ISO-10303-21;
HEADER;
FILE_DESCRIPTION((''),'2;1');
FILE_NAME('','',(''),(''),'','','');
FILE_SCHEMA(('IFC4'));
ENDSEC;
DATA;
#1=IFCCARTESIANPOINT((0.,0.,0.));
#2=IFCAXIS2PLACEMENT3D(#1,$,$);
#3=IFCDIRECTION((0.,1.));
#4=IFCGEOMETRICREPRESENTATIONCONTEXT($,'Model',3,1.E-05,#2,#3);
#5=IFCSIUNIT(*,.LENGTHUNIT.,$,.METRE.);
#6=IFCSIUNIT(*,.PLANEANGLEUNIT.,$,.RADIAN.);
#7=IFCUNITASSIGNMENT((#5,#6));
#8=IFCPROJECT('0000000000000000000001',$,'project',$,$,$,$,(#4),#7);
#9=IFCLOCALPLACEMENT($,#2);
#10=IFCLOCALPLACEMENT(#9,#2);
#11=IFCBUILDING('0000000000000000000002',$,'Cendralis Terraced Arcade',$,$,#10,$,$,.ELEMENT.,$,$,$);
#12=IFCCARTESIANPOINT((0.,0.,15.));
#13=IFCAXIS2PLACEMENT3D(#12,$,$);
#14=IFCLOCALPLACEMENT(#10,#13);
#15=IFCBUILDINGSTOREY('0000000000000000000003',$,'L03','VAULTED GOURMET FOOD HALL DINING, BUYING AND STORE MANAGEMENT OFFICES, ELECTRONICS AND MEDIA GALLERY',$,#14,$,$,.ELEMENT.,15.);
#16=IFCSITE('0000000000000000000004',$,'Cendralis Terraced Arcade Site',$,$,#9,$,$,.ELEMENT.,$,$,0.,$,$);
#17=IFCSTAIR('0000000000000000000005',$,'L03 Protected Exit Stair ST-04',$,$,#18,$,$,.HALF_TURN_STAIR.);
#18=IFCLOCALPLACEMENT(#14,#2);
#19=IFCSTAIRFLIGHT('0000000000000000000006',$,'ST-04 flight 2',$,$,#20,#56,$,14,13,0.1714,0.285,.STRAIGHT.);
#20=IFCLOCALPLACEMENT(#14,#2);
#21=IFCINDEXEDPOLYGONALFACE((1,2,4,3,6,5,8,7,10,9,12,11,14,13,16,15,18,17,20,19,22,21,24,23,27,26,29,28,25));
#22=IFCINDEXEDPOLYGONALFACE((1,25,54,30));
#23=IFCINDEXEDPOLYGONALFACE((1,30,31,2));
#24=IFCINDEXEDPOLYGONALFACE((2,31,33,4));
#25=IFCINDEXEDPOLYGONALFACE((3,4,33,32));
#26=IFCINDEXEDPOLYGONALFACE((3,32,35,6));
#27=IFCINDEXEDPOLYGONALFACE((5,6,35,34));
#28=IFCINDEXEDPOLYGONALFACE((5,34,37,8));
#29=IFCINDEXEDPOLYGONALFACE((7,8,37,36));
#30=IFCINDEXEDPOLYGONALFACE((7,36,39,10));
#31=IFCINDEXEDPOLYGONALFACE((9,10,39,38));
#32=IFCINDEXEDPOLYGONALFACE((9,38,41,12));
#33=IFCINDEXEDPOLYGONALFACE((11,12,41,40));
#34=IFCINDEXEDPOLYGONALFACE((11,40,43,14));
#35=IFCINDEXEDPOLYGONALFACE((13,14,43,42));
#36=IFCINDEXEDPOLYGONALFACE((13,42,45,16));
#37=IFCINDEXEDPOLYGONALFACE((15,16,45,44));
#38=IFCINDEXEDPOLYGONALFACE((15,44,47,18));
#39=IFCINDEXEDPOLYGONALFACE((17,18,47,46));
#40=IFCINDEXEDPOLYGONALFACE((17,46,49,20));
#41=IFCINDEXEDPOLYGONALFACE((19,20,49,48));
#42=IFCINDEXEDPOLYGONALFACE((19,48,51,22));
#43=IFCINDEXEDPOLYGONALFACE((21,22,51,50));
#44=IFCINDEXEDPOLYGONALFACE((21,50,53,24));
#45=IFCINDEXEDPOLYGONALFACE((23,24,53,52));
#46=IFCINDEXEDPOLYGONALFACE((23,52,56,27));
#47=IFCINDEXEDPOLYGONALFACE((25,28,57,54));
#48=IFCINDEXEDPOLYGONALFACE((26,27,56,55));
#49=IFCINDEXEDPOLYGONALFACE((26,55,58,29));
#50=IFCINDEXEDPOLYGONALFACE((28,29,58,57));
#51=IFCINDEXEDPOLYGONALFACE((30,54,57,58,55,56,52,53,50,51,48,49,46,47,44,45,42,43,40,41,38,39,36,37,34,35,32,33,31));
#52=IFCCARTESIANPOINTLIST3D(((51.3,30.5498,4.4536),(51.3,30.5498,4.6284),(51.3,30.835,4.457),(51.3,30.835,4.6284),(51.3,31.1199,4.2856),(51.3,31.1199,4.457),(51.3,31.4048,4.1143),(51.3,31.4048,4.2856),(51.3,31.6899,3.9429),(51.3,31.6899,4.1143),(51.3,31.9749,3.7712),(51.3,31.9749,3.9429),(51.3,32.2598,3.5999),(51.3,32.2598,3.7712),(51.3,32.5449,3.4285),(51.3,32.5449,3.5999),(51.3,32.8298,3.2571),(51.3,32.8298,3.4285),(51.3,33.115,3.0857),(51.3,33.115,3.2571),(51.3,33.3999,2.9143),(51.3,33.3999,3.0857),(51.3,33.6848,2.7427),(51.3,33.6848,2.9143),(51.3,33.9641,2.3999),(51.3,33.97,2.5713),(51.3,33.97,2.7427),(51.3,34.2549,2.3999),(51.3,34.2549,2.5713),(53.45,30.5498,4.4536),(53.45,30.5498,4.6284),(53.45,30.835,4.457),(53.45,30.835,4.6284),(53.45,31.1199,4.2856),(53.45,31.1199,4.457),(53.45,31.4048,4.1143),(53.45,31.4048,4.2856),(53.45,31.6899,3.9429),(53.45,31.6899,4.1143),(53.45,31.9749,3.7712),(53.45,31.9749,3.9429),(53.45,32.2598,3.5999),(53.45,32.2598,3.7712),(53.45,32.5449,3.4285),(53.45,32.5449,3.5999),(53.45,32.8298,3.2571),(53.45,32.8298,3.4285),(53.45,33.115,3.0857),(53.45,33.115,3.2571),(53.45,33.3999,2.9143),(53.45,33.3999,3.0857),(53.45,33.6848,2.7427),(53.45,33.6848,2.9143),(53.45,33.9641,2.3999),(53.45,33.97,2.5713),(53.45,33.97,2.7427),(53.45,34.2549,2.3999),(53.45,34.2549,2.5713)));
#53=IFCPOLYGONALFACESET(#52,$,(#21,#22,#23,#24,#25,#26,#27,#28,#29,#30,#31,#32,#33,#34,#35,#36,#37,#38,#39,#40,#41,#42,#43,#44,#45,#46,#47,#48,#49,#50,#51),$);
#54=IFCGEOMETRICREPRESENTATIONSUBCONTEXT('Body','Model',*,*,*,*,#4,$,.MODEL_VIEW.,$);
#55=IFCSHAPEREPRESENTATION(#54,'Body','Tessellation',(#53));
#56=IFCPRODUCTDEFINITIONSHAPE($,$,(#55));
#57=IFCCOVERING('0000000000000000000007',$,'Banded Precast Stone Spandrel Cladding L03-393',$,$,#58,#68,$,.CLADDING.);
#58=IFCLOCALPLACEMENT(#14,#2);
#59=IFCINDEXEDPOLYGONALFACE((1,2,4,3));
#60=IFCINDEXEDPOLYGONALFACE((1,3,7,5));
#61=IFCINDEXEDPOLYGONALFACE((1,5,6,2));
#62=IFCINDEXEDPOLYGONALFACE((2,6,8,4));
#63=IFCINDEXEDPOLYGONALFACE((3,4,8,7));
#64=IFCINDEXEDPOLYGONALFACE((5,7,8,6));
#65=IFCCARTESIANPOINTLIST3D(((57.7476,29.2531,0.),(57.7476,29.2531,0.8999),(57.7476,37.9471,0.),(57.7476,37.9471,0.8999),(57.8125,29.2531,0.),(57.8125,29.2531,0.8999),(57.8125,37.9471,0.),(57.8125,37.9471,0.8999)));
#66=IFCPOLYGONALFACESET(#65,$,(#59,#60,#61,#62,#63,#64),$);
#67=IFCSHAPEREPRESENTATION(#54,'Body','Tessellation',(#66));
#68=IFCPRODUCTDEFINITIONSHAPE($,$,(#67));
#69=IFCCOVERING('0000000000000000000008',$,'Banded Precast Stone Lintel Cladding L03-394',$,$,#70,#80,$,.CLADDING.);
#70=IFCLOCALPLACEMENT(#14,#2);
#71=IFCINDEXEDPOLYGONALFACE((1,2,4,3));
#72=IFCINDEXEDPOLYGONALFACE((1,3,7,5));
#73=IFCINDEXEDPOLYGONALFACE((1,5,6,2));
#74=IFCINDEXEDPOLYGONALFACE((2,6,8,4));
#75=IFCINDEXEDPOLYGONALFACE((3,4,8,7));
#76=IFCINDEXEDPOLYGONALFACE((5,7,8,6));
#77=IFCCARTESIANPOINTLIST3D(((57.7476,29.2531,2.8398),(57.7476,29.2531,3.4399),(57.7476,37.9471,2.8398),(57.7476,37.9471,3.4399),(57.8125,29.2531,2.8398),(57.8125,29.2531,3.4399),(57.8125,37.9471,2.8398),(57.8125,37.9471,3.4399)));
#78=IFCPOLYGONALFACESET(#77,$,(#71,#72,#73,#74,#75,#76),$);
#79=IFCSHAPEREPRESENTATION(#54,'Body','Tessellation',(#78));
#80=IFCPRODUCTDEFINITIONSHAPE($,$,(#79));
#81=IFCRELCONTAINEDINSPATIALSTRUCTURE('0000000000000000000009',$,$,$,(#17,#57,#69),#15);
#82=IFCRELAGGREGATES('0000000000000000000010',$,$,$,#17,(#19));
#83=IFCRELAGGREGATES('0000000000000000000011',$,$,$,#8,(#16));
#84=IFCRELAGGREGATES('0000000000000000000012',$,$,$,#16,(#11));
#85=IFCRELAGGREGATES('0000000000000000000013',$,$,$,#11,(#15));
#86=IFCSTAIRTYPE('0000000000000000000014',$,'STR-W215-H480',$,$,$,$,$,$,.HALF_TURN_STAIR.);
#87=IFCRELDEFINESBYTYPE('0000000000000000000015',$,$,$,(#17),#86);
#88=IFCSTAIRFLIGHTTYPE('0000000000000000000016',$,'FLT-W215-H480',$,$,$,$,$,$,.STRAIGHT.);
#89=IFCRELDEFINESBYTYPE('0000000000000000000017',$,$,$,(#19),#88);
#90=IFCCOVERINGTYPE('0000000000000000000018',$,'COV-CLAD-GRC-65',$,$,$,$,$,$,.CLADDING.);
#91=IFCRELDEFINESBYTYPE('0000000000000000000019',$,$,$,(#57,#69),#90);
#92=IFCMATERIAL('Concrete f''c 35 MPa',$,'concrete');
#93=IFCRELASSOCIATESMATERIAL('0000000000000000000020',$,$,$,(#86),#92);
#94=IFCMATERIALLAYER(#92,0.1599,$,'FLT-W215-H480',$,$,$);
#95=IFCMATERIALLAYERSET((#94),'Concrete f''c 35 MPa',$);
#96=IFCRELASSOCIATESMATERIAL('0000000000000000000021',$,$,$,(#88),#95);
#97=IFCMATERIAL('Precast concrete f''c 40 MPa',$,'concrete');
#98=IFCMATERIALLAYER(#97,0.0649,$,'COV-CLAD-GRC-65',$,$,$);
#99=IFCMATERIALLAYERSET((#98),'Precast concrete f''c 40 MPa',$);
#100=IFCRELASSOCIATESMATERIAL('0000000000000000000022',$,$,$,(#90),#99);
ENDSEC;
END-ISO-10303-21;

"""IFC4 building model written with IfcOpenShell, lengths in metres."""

from ifc_helpers import new_model, si_unit, direction, frame, origin, origin_2d, place, context, subcontext, project, spatial, polyline, rectangle, outline, extrude, material, layer, layer_set, type_object, element, aggregate, save


model = new_model("IFC4")

# Units and contexts
model_context = context("Model", 3, precision=1e-05, world=origin(), true_north=direction((0.0, 1.0)))
body_context = subcontext(model_context, "Body", "Model", "MODEL_VIEW")
ifc_project = project(units=[si_unit("LENGTHUNIT", "METRE"), si_unit("PLANEANGLEUNIT", "RADIAN")], contexts=[model_context])

# Site, building, storey
site_placement = place(None, origin())
site = spatial("IfcSite", under=ifc_project, at=site_placement, Name="Cendralis Terraced Arcade Site", CompositionType="ELEMENT", RefElevation=0.0)
building_placement = place(site_placement, origin())
building = spatial("IfcBuilding", under=site, at=building_placement, Name="Cendralis Terraced Arcade", CompositionType="ELEMENT")
storey_placement = place(building_placement, frame((0.0, 0.0, 15.0)))
storey = spatial("IfcBuildingStorey", under=building, at=storey_placement, Name="L03", Description="VAULTED GOURMET FOOD HALL DINING, BUYING AND STORE MANAGEMENT OFFICES, ELECTRONICS AND MEDIA GALLERY", CompositionType="ELEMENT", Elevation=15.0)

# Shared definitions
ifc_material_1 = material(Name="Concrete f'c 35 MPa", Category="concrete")

# Shared definitions
ifc_material_2 = material(Name="Precast concrete f'c 40 MPa", Category="concrete")

# Stair, stair flight
stair_type = type_object("IfcStairType", Name="STR-W215-H480", PredefinedType="HALF_TURN_STAIR", material=ifc_material_1)
stair_placement = place(storey_placement, origin())
stair = element("IfcStair", 1, at=stair_placement, inside=storey, type_object=stair_type, Name="L03 Protected Exit Stair ST-04", PredefinedType="HALF_TURN_STAIR")
ifc_layer_1 = layer(ifc_material_1, 0.1599, Name="FLT-W215-H480")
ifc_layer_set_1 = layer_set([ifc_layer_1], Name="Concrete f'c 35 MPa")
stair_flight_type = type_object("IfcStairFlightType", Name="FLT-W215-H480", PredefinedType="STRAIGHT", material=ifc_layer_set_1)
stair_flight_1_placement = place(storey_placement, frame((52.375, 34.2549, 2.3999), z_axis=(0.0, 0.0, 1.0), x_axis=(0.0, -1.0, 0.0)))
stair_flight_1 = element("IfcStairFlight", 2, at=stair_flight_1_placement, type_object=stair_flight_type, Name="ST-04 flight 2", NumberOfRisers=14, NumberOfTreads=13, PredefinedType="STRAIGHT", RiserHeight=0.1714, TreadLength=0.285, context=body_context, shape_type="SweptSolid", body=[
    extrude(outline(polyline([(0.0, 0.0), (0.0, 0.1714), (0.2849, 0.1714), (0.2849, 0.3428), (0.5701, 0.3428), (0.5701, 0.5144), (0.855, 0.5144), (0.855, 0.6858), (1.1399, 0.6858), (1.1399, 0.8572), (1.425, 0.8572), (1.425, 1.0286), (1.71, 1.0286), (1.71, 1.2), (1.9951, 1.2), (1.9951, 1.3713), (2.28, 1.3713), (2.28, 1.543), (2.5649, 1.543), (2.5649, 1.7144), (2.8501, 1.7144), (2.8501, 1.8857), (3.135, 1.8857), (3.135, 2.0571), (3.4199, 2.0571), (3.4199, 2.2285), (3.7051, 2.2285), (3.7051, 2.3999), (3.7051, 2.0537), (0.2908, 0.0), (0.0, 0.0)])), frame((0.0, 1.075, 0.0), z_axis=(0.0, -1.0, 0.0), x_axis=(1.0, 0.0, 0.0)), (0.0, 0.0, 1.0), 2.1499),
])
aggregate(stair, [stair_flight_1])

# Coverings
ifc_layer_2 = layer(ifc_material_2, 0.0649, Name="COV-CLAD-GRC-65")
ifc_layer_set_2 = layer_set([ifc_layer_2], Name="Precast concrete f'c 40 MPa")
covering_type = type_object("IfcCoveringType", Name="COV-CLAD-GRC-65", PredefinedType="CLADDING", material=ifc_layer_set_2)
covering_1_placement = place(storey_placement, frame((57.78, 33.6001, 0.0), z_axis=(0.0, 0.0, 1.0), x_axis=(0.0, -1.0, 0.0)))
element("IfcCovering", 3, at=covering_1_placement, inside=storey, type_object=covering_type, Name="Banded Precast Stone Spandrel Cladding L03-393", PredefinedType="CLADDING", context=body_context, shape_type="SweptSolid", body=[
    extrude(rectangle(XDim=8.6941, YDim=0.0649, at=origin_2d()), origin(), (0.0, 0.0, 1.0), 0.8999),
])
covering_2_placement = place(storey_placement, frame((57.78, 33.6001, 2.8398), z_axis=(0.0, 0.0, 1.0), x_axis=(0.0, -1.0, 0.0)))
element("IfcCovering", 4, at=covering_2_placement, inside=storey, type_object=covering_type, Name="Banded Precast Stone Lintel Cladding L03-394", PredefinedType="CLADDING", context=body_context, shape_type="SweptSolid", body=[
    extrude(rectangle(XDim=8.6941, YDim=0.0649, at=origin_2d()), origin(), (0.0, 0.0, 1.0), 0.6001),
])

save(model, "model.ifc")
